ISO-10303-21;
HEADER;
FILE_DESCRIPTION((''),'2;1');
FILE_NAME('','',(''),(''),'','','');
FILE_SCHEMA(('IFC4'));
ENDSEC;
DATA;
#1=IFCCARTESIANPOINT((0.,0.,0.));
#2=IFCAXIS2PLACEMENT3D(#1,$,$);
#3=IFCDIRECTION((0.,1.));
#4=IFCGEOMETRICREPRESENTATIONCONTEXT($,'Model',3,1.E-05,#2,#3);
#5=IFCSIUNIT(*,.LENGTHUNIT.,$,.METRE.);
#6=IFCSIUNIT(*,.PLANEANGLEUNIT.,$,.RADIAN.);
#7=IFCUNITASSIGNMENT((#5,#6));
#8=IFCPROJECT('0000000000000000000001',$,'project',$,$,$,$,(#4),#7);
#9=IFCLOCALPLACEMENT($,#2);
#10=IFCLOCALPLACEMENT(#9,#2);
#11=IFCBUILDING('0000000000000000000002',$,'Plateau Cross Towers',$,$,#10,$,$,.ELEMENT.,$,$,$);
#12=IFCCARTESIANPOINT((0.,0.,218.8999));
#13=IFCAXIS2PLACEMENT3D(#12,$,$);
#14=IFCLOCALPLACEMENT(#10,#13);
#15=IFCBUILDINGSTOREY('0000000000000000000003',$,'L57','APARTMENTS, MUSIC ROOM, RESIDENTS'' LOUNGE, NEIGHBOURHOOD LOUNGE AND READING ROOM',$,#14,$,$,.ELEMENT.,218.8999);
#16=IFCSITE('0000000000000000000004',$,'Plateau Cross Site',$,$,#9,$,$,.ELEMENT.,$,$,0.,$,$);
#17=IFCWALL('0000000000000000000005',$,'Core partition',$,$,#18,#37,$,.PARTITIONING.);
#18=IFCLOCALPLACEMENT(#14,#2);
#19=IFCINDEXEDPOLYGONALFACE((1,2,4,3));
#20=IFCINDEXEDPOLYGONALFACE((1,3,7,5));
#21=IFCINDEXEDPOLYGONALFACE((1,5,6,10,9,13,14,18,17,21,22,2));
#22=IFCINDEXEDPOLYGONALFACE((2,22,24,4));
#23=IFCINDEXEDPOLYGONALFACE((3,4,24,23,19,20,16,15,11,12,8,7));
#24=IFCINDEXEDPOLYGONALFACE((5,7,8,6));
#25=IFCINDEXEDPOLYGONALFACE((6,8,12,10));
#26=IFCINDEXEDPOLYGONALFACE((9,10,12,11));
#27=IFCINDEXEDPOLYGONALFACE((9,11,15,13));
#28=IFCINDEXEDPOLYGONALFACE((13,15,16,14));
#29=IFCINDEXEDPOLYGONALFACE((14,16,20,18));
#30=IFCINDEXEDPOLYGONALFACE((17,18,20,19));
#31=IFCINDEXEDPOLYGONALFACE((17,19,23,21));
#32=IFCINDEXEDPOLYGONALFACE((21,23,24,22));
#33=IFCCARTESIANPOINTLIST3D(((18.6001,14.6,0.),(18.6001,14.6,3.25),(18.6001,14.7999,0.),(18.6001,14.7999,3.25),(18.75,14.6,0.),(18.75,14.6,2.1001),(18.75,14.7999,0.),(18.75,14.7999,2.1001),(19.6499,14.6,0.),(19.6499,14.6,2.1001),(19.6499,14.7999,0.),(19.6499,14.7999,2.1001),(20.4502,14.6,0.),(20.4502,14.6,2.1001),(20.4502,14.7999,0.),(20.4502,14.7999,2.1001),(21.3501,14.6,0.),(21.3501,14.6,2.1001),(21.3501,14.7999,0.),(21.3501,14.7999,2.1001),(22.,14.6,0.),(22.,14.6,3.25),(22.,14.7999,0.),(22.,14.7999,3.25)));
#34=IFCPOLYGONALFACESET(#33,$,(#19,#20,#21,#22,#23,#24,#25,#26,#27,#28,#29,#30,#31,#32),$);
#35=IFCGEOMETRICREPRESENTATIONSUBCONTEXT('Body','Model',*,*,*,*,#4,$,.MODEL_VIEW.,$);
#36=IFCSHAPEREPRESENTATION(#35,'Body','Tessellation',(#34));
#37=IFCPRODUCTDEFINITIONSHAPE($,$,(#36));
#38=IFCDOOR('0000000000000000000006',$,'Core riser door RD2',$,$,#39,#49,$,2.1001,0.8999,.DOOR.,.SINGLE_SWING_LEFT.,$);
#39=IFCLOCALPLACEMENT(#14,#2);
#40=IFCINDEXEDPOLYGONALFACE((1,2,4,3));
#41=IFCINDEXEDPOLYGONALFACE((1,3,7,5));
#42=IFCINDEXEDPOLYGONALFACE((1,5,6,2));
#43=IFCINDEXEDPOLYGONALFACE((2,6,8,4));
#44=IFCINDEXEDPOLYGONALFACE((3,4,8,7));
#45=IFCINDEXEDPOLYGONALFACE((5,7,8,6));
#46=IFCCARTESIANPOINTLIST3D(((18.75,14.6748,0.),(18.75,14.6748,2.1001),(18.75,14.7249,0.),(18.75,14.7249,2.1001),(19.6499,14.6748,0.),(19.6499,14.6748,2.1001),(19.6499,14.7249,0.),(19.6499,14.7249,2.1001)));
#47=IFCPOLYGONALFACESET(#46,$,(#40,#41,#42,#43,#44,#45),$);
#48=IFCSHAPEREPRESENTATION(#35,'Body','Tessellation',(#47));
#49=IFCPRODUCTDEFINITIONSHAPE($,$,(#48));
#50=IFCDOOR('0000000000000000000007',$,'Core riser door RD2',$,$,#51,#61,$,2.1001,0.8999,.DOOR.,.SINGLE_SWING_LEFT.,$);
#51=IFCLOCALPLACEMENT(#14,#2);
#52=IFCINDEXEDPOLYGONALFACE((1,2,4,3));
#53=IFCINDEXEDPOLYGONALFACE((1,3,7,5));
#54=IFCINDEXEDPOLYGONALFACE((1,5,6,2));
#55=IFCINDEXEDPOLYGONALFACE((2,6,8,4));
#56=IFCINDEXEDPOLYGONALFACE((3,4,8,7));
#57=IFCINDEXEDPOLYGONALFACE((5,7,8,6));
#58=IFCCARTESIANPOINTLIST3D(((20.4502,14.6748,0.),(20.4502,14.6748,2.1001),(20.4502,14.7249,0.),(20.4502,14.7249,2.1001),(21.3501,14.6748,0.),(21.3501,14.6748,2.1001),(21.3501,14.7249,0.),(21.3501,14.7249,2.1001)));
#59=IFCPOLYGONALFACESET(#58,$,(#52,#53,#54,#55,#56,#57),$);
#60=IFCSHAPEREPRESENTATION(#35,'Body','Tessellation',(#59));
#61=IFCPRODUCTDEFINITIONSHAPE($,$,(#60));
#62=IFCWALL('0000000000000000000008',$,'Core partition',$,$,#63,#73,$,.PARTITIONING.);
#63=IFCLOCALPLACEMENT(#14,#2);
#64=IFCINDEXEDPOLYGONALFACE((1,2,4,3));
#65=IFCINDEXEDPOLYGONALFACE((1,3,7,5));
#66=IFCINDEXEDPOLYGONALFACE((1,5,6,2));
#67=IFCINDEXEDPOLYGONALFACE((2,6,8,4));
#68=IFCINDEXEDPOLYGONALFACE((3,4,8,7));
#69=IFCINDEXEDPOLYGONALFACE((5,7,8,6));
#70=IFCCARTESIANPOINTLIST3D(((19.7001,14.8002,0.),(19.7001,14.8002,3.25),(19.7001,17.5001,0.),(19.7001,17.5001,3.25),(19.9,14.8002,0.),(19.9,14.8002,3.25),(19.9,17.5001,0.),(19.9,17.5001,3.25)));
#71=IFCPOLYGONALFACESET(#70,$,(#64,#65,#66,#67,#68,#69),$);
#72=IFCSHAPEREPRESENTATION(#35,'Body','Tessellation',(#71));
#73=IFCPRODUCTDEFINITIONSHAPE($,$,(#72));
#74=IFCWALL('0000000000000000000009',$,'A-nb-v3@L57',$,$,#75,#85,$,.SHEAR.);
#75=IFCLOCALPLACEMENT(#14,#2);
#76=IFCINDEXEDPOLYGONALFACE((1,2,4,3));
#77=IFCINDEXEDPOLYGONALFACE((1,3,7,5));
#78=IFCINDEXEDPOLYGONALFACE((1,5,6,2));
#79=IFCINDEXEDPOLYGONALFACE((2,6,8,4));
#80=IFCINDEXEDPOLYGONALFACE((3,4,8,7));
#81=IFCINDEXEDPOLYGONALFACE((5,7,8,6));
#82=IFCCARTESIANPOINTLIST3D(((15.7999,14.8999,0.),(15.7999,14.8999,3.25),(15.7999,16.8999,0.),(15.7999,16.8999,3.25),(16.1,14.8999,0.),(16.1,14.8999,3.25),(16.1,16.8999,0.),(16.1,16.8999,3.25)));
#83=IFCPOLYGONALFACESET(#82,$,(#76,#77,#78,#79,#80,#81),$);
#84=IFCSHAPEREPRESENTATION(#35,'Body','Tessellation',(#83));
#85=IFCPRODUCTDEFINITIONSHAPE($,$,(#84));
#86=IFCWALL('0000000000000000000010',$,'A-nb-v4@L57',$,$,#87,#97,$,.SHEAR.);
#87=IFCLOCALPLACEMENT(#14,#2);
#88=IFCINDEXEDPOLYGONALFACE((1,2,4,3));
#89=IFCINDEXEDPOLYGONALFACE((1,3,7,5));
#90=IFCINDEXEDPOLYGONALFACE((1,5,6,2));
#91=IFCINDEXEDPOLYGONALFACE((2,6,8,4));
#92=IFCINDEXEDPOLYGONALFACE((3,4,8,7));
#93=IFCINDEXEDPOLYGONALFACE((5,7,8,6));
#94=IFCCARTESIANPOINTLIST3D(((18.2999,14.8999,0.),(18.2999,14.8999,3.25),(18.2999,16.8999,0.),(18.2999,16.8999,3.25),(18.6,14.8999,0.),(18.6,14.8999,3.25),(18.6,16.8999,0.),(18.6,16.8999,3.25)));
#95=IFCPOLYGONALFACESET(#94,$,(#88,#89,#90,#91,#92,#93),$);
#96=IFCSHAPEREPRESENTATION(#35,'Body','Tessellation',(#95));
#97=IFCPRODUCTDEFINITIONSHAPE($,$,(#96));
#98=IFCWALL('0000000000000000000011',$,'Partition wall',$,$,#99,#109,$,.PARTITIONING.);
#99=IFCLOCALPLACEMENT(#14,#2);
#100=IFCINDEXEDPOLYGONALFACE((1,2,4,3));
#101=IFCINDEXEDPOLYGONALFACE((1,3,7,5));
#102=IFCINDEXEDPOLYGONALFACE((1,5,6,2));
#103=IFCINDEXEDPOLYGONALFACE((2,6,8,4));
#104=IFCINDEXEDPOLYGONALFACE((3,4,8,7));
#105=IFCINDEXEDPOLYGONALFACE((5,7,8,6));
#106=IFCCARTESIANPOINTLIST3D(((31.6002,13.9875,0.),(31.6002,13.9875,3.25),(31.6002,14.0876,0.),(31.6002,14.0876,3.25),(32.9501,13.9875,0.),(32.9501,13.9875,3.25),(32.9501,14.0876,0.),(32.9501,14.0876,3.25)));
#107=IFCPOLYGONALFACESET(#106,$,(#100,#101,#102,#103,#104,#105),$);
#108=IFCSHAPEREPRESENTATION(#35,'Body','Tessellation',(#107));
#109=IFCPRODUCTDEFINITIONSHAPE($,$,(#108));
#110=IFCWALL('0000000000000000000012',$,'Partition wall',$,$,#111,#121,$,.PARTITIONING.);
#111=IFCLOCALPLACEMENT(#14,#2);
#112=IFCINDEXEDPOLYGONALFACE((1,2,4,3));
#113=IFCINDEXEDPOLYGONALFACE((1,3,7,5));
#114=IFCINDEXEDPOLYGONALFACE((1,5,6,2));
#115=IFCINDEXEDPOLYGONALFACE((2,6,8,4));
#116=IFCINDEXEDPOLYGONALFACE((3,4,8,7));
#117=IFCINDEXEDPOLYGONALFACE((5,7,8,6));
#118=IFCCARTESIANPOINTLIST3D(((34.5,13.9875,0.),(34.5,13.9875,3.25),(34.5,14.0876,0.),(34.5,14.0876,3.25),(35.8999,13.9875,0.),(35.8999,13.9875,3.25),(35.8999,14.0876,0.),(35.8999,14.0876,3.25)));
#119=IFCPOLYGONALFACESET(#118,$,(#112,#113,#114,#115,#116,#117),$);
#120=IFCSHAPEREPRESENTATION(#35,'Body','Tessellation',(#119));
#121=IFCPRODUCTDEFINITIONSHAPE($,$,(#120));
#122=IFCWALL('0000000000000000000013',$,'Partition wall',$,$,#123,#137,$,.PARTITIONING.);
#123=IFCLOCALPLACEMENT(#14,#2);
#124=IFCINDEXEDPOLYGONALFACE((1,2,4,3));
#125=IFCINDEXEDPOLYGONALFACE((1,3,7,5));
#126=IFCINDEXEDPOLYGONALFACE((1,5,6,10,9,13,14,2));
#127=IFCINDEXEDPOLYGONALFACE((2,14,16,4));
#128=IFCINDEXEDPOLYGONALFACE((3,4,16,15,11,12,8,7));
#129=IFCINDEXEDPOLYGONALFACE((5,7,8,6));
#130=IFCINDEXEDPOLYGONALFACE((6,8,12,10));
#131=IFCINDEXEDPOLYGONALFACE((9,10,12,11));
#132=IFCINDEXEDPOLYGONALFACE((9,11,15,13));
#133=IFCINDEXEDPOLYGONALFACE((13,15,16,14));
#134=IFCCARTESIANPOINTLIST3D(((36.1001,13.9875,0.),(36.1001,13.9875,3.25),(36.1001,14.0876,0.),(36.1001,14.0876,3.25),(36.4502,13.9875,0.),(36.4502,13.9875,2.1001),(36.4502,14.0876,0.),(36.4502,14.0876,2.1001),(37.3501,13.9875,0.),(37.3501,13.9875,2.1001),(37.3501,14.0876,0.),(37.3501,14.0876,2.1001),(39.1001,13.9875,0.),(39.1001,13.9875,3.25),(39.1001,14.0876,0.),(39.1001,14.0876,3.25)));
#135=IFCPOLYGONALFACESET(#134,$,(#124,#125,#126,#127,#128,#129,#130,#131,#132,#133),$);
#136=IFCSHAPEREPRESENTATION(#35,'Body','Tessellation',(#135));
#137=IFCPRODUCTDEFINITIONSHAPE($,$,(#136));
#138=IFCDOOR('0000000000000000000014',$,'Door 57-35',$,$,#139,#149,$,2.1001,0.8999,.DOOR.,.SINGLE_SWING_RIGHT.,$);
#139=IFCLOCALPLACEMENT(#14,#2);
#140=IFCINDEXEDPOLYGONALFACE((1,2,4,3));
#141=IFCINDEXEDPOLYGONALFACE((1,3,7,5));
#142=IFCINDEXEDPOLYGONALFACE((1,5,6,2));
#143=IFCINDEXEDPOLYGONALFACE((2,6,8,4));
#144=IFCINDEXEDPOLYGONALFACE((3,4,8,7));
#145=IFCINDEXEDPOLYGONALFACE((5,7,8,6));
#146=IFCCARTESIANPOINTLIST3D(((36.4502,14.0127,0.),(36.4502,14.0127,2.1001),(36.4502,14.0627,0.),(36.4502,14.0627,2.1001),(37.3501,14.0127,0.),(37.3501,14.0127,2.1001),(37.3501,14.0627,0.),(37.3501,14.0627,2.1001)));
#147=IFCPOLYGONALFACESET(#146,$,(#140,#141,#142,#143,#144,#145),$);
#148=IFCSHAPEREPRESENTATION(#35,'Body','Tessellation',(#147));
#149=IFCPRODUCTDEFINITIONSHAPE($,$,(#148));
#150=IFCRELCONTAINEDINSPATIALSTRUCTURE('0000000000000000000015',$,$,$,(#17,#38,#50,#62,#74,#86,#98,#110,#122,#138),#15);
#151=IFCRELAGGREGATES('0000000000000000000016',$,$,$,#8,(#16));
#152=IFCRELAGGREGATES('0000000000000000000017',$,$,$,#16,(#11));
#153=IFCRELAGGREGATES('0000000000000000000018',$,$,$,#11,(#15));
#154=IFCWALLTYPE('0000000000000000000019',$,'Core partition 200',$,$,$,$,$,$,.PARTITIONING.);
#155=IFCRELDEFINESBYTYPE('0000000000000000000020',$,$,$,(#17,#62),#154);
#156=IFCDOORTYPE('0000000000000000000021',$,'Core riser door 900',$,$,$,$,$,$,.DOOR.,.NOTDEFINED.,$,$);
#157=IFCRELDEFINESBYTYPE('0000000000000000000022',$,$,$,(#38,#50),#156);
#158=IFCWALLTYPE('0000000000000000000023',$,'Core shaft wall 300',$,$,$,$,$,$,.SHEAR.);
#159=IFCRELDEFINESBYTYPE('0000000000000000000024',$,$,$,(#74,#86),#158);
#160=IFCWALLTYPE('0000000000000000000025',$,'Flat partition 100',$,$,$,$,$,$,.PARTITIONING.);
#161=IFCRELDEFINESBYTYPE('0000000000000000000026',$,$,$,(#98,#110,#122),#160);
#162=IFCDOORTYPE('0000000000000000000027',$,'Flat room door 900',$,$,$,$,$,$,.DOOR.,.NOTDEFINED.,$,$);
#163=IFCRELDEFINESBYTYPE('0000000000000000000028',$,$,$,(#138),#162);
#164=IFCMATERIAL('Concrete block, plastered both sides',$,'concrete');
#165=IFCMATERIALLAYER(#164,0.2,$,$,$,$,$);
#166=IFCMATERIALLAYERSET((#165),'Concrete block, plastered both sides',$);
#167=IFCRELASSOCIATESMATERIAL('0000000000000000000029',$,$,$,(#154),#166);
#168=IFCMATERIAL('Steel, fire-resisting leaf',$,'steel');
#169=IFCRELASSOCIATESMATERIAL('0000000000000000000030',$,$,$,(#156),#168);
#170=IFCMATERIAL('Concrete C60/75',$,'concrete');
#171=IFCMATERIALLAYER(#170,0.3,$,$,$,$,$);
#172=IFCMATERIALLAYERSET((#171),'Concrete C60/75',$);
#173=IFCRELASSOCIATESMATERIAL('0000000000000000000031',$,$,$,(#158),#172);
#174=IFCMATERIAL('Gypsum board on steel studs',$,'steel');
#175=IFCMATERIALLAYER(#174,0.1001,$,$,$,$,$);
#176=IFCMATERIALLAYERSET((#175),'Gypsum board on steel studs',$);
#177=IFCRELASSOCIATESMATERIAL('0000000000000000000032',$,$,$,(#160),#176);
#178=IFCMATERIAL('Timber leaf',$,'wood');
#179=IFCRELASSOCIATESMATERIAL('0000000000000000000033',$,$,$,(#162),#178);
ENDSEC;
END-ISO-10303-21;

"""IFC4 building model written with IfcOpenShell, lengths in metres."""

from ifc_helpers import new_model, si_unit, direction, frame, frame_2d, origin, place, context, subcontext, project, spatial, rectangle, extrude, material, layer, layer_set, type_object, element, fill, save


model = new_model("IFC4")

# Units and contexts
model_context = context("Model", 3, precision=1e-05, world=origin(), true_north=direction((0.0, 1.0)))
body_context = subcontext(model_context, "Body", "Model", "MODEL_VIEW")
ifc_project = project(units=[si_unit("LENGTHUNIT", "METRE"), si_unit("PLANEANGLEUNIT", "RADIAN")], contexts=[model_context])

# Site, building, storey
site_placement = place(None, origin())
site = spatial("IfcSite", under=ifc_project, at=site_placement, Name="Plateau Cross Site", CompositionType="ELEMENT", RefElevation=0.0)
building_placement = place(site_placement, origin())
building = spatial("IfcBuilding", under=site, at=building_placement, Name="Plateau Cross Towers", CompositionType="ELEMENT")
storey_placement = place(building_placement, frame((0.0, 0.0, 218.8999)))
storey = spatial("IfcBuildingStorey", under=building, at=storey_placement, Name="L57", Description="APARTMENTS, MUSIC ROOM, RESIDENTS' LOUNGE, NEIGHBOURHOOD LOUNGE AND READING ROOM", CompositionType="ELEMENT", Elevation=218.8999)

# Shared definitions
ifc_material_1 = material(Name="Concrete C60/75", Category="concrete")

# Wall, openings, doors
ifc_material_2 = material(Name="Concrete block, plastered both sides", Category="concrete")
ifc_layer_1 = layer(ifc_material_2, 0.2)
ifc_layer_set_1 = layer_set([ifc_layer_1], Name="Concrete block, plastered both sides")
wall_type_1 = type_object("IfcWallType", Name="Core partition 200", PredefinedType="PARTITIONING", material=ifc_layer_set_1)
wall_1_placement = place(storey_placement, frame((18.6001, 14.7, 0.0), z_axis=(0.0, 0.0, 1.0), x_axis=(1.0, 0.0, 0.0)))
wall_1 = element("IfcWall", 1, at=wall_1_placement, inside=storey, type_object=wall_type_1, Name="Core partition", PredefinedType="PARTITIONING", context=body_context, shape_type="SweptSolid", body=[
    extrude(rectangle(XDim=3.3999, YDim=0.2, at=frame_2d((1.7, 0.0))), origin(), (0.0, 0.0, 1.0), 3.25),
])
opening_1_placement = place(wall_1_placement, frame((0.1499, 0.0, 0.0)))
opening_1 = element("IfcOpeningElement", 2, at=opening_1_placement, cuts=wall_1, PredefinedType="OPENING", context=body_context, shape_type="SweptSolid", body=[
    extrude(rectangle(XDim=0.8999, YDim=2.1001, at=frame_2d((0.45, 1.05))), frame((0.0, 0.1099, 0.0), z_axis=(0.0, -1.0, 0.0), x_axis=(1.0, 0.0, 0.0)), (0.0, 0.0, 1.0), 0.22),
])
opening_2_placement = place(wall_1_placement, frame((1.8501, 0.0, 0.0)))
opening_2 = element("IfcOpeningElement", 3, at=opening_2_placement, cuts=wall_1, PredefinedType="OPENING", context=body_context, shape_type="SweptSolid", body=[
    extrude(rectangle(XDim=0.8999, YDim=2.1001, at=frame_2d((0.45, 1.05))), frame((0.0, 0.1099, 0.0), z_axis=(0.0, -1.0, 0.0), x_axis=(1.0, 0.0, 0.0)), (0.0, 0.0, 1.0), 0.22),
])
ifc_material_3 = material(Name="Steel, fire-resisting leaf", Category="steel")
door_type_1 = type_object("IfcDoorType", Name="Core riser door 900", OperationType="NOTDEFINED", PredefinedType="DOOR", material=ifc_material_3)
door_1_placement = place(opening_1_placement, origin())
door_1 = element("IfcDoor", 4, at=door_1_placement, inside=storey, type_object=door_type_1, Name="Core riser door RD2", OperationType="SINGLE_SWING_LEFT", OverallHeight=2.1001, OverallWidth=0.8999, PredefinedType="DOOR", context=body_context, shape_type="SweptSolid", body=[
    extrude(rectangle(XDim=0.8999, YDim=2.1001, at=frame_2d((0.45, 1.05))), frame((0.0, 0.0249, 0.0), z_axis=(0.0, -1.0, 0.0), x_axis=(1.0, 0.0, 0.0)), (0.0, 0.0, 1.0), 0.05),
])
fill(opening_1, door_1)
door_2_placement = place(opening_2_placement, origin())
door_2 = element("IfcDoor", 5, at=door_2_placement, inside=storey, type_object=door_type_1, Name="Core riser door RD2", OperationType="SINGLE_SWING_LEFT", OverallHeight=2.1001, OverallWidth=0.8999, PredefinedType="DOOR", context=body_context, shape_type="SweptSolid", body=[
    extrude(rectangle(XDim=0.8999, YDim=2.1001, at=frame_2d((0.45, 1.05))), frame((0.0, 0.0249, 0.0), z_axis=(0.0, -1.0, 0.0), x_axis=(1.0, 0.0, 0.0)), (0.0, 0.0, 1.0), 0.05),
])
fill(opening_2, door_2)

# Walls
wall_2_placement = place(storey_placement, frame((19.8, 14.8, 0.0), z_axis=(0.0, 0.0, 1.0), x_axis=(0.0, 1.0, 0.0)))
element("IfcWall", 6, at=wall_2_placement, inside=storey, type_object=wall_type_1, Name="Core partition", PredefinedType="PARTITIONING", context=body_context, shape_type="SweptSolid", body=[
    extrude(rectangle(XDim=2.7, YDim=0.2, at=frame_2d((1.3501, 0.0))), origin(), (0.0, 0.0, 1.0), 3.25),
])
ifc_layer_2 = layer(ifc_material_1, 0.3)
ifc_layer_set_2 = layer_set([ifc_layer_2], Name="Concrete C60/75")
wall_type_2 = type_object("IfcWallType", Name="Core shaft wall 300", PredefinedType="SHEAR", material=ifc_layer_set_2)
for number, where, z_axis, x_axis, name in (
    (7, (15.95, 14.8999, 0.0), (0.0, 0.0, 1.0), (0.0, 1.0, 0.0), "A-nb-v3@L57"),
    (8, (18.45, 14.8999, 0.0), (0.0, 0.0, 1.0), (0.0, 1.0, 0.0), "A-nb-v4@L57"),
):
    element("IfcWall", number, at=place(storey_placement, frame(where, z_axis=z_axis, x_axis=x_axis)), inside=storey, type_object=wall_type_2, Name=name, PredefinedType="SHEAR", context=body_context, shape_type="SweptSolid", body=[
        extrude(rectangle(XDim=2.0, YDim=0.3, at=frame_2d((1.0, 0.0))), origin(), (0.0, 0.0, 1.0), 3.25),
    ])
ifc_material_4 = material(Name="Gypsum board on steel studs", Category="steel")
ifc_layer_3 = layer(ifc_material_4, 0.1001)
ifc_layer_set_3 = layer_set([ifc_layer_3], Name="Gypsum board on steel studs")
wall_type_3 = type_object("IfcWallType", Name="Flat partition 100", PredefinedType="PARTITIONING", material=ifc_layer_set_3)
wall_3_placement = place(storey_placement, frame((32.95, 14.0376, 0.0), z_axis=(0.0, 0.0, 1.0), x_axis=(-1.0, 0.0, 0.0)))
element("IfcWall", 9, at=wall_3_placement, inside=storey, type_object=wall_type_3, Name="Partition wall", PredefinedType="PARTITIONING", context=body_context, shape_type="SweptSolid", body=[
    extrude(rectangle(XDim=1.3499, YDim=0.1001, at=frame_2d((0.6748, 0.0))), origin(), (0.0, 0.0, 1.0), 3.25),
])
wall_4_placement = place(storey_placement, frame((35.8999, 14.0376, 0.0), z_axis=(0.0, 0.0, 1.0), x_axis=(-1.0, 0.0, 0.0)))
element("IfcWall", 10, at=wall_4_placement, inside=storey, type_object=wall_type_3, Name="Partition wall", PredefinedType="PARTITIONING", context=body_context, shape_type="SweptSolid", body=[
    extrude(rectangle(XDim=1.3999, YDim=0.1001, at=frame_2d((0.7, 0.0))), origin(), (0.0, 0.0, 1.0), 3.25),
])

# Wall, opening, door
wall_5_placement = place(storey_placement, frame((39.1001, 14.0376, 0.0), z_axis=(0.0, 0.0, 1.0), x_axis=(-1.0, 0.0, 0.0)))
wall_5 = element("IfcWall", 11, at=wall_5_placement, inside=storey, type_object=wall_type_3, Name="Partition wall", PredefinedType="PARTITIONING", context=body_context, shape_type="SweptSolid", body=[
    extrude(rectangle(XDim=3.0, YDim=0.1001, at=frame_2d((1.5, 0.0))), origin(), (0.0, 0.0, 1.0), 3.25),
])
opening_3_placement = place(wall_5_placement, frame((1.75, 0.0, 0.0)))
opening_3 = element("IfcOpeningElement", 12, at=opening_3_placement, cuts=wall_5, PredefinedType="OPENING", context=body_context, shape_type="SweptSolid", body=[
    extrude(rectangle(XDim=0.8999, YDim=2.1001, at=frame_2d((0.45, 1.05))), frame((0.0, 0.0601, 0.0), z_axis=(0.0, -1.0, 0.0), x_axis=(1.0, 0.0, 0.0)), (0.0, 0.0, 1.0), 0.1201),
])
ifc_material_5 = material(Name="Timber leaf", Category="wood")
door_type_2 = type_object("IfcDoorType", Name="Flat room door 900", OperationType="NOTDEFINED", PredefinedType="DOOR", material=ifc_material_5)
door_3_placement = place(opening_3_placement, origin())
door_3 = element("IfcDoor", 13, at=door_3_placement, inside=storey, type_object=door_type_2, Name="Door 57-35", OperationType="SINGLE_SWING_RIGHT", OverallHeight=2.1001, OverallWidth=0.8999, PredefinedType="DOOR", context=body_context, shape_type="SweptSolid", body=[
    extrude(rectangle(XDim=0.8999, YDim=2.1001, at=frame_2d((0.45, 1.05))), frame((0.0, 0.0249, 0.0), z_axis=(0.0, -1.0, 0.0), x_axis=(1.0, 0.0, 0.0)), (0.0, 0.0, 1.0), 0.05),
])
fill(opening_3, door_3)

save(model, "model.ifc")
